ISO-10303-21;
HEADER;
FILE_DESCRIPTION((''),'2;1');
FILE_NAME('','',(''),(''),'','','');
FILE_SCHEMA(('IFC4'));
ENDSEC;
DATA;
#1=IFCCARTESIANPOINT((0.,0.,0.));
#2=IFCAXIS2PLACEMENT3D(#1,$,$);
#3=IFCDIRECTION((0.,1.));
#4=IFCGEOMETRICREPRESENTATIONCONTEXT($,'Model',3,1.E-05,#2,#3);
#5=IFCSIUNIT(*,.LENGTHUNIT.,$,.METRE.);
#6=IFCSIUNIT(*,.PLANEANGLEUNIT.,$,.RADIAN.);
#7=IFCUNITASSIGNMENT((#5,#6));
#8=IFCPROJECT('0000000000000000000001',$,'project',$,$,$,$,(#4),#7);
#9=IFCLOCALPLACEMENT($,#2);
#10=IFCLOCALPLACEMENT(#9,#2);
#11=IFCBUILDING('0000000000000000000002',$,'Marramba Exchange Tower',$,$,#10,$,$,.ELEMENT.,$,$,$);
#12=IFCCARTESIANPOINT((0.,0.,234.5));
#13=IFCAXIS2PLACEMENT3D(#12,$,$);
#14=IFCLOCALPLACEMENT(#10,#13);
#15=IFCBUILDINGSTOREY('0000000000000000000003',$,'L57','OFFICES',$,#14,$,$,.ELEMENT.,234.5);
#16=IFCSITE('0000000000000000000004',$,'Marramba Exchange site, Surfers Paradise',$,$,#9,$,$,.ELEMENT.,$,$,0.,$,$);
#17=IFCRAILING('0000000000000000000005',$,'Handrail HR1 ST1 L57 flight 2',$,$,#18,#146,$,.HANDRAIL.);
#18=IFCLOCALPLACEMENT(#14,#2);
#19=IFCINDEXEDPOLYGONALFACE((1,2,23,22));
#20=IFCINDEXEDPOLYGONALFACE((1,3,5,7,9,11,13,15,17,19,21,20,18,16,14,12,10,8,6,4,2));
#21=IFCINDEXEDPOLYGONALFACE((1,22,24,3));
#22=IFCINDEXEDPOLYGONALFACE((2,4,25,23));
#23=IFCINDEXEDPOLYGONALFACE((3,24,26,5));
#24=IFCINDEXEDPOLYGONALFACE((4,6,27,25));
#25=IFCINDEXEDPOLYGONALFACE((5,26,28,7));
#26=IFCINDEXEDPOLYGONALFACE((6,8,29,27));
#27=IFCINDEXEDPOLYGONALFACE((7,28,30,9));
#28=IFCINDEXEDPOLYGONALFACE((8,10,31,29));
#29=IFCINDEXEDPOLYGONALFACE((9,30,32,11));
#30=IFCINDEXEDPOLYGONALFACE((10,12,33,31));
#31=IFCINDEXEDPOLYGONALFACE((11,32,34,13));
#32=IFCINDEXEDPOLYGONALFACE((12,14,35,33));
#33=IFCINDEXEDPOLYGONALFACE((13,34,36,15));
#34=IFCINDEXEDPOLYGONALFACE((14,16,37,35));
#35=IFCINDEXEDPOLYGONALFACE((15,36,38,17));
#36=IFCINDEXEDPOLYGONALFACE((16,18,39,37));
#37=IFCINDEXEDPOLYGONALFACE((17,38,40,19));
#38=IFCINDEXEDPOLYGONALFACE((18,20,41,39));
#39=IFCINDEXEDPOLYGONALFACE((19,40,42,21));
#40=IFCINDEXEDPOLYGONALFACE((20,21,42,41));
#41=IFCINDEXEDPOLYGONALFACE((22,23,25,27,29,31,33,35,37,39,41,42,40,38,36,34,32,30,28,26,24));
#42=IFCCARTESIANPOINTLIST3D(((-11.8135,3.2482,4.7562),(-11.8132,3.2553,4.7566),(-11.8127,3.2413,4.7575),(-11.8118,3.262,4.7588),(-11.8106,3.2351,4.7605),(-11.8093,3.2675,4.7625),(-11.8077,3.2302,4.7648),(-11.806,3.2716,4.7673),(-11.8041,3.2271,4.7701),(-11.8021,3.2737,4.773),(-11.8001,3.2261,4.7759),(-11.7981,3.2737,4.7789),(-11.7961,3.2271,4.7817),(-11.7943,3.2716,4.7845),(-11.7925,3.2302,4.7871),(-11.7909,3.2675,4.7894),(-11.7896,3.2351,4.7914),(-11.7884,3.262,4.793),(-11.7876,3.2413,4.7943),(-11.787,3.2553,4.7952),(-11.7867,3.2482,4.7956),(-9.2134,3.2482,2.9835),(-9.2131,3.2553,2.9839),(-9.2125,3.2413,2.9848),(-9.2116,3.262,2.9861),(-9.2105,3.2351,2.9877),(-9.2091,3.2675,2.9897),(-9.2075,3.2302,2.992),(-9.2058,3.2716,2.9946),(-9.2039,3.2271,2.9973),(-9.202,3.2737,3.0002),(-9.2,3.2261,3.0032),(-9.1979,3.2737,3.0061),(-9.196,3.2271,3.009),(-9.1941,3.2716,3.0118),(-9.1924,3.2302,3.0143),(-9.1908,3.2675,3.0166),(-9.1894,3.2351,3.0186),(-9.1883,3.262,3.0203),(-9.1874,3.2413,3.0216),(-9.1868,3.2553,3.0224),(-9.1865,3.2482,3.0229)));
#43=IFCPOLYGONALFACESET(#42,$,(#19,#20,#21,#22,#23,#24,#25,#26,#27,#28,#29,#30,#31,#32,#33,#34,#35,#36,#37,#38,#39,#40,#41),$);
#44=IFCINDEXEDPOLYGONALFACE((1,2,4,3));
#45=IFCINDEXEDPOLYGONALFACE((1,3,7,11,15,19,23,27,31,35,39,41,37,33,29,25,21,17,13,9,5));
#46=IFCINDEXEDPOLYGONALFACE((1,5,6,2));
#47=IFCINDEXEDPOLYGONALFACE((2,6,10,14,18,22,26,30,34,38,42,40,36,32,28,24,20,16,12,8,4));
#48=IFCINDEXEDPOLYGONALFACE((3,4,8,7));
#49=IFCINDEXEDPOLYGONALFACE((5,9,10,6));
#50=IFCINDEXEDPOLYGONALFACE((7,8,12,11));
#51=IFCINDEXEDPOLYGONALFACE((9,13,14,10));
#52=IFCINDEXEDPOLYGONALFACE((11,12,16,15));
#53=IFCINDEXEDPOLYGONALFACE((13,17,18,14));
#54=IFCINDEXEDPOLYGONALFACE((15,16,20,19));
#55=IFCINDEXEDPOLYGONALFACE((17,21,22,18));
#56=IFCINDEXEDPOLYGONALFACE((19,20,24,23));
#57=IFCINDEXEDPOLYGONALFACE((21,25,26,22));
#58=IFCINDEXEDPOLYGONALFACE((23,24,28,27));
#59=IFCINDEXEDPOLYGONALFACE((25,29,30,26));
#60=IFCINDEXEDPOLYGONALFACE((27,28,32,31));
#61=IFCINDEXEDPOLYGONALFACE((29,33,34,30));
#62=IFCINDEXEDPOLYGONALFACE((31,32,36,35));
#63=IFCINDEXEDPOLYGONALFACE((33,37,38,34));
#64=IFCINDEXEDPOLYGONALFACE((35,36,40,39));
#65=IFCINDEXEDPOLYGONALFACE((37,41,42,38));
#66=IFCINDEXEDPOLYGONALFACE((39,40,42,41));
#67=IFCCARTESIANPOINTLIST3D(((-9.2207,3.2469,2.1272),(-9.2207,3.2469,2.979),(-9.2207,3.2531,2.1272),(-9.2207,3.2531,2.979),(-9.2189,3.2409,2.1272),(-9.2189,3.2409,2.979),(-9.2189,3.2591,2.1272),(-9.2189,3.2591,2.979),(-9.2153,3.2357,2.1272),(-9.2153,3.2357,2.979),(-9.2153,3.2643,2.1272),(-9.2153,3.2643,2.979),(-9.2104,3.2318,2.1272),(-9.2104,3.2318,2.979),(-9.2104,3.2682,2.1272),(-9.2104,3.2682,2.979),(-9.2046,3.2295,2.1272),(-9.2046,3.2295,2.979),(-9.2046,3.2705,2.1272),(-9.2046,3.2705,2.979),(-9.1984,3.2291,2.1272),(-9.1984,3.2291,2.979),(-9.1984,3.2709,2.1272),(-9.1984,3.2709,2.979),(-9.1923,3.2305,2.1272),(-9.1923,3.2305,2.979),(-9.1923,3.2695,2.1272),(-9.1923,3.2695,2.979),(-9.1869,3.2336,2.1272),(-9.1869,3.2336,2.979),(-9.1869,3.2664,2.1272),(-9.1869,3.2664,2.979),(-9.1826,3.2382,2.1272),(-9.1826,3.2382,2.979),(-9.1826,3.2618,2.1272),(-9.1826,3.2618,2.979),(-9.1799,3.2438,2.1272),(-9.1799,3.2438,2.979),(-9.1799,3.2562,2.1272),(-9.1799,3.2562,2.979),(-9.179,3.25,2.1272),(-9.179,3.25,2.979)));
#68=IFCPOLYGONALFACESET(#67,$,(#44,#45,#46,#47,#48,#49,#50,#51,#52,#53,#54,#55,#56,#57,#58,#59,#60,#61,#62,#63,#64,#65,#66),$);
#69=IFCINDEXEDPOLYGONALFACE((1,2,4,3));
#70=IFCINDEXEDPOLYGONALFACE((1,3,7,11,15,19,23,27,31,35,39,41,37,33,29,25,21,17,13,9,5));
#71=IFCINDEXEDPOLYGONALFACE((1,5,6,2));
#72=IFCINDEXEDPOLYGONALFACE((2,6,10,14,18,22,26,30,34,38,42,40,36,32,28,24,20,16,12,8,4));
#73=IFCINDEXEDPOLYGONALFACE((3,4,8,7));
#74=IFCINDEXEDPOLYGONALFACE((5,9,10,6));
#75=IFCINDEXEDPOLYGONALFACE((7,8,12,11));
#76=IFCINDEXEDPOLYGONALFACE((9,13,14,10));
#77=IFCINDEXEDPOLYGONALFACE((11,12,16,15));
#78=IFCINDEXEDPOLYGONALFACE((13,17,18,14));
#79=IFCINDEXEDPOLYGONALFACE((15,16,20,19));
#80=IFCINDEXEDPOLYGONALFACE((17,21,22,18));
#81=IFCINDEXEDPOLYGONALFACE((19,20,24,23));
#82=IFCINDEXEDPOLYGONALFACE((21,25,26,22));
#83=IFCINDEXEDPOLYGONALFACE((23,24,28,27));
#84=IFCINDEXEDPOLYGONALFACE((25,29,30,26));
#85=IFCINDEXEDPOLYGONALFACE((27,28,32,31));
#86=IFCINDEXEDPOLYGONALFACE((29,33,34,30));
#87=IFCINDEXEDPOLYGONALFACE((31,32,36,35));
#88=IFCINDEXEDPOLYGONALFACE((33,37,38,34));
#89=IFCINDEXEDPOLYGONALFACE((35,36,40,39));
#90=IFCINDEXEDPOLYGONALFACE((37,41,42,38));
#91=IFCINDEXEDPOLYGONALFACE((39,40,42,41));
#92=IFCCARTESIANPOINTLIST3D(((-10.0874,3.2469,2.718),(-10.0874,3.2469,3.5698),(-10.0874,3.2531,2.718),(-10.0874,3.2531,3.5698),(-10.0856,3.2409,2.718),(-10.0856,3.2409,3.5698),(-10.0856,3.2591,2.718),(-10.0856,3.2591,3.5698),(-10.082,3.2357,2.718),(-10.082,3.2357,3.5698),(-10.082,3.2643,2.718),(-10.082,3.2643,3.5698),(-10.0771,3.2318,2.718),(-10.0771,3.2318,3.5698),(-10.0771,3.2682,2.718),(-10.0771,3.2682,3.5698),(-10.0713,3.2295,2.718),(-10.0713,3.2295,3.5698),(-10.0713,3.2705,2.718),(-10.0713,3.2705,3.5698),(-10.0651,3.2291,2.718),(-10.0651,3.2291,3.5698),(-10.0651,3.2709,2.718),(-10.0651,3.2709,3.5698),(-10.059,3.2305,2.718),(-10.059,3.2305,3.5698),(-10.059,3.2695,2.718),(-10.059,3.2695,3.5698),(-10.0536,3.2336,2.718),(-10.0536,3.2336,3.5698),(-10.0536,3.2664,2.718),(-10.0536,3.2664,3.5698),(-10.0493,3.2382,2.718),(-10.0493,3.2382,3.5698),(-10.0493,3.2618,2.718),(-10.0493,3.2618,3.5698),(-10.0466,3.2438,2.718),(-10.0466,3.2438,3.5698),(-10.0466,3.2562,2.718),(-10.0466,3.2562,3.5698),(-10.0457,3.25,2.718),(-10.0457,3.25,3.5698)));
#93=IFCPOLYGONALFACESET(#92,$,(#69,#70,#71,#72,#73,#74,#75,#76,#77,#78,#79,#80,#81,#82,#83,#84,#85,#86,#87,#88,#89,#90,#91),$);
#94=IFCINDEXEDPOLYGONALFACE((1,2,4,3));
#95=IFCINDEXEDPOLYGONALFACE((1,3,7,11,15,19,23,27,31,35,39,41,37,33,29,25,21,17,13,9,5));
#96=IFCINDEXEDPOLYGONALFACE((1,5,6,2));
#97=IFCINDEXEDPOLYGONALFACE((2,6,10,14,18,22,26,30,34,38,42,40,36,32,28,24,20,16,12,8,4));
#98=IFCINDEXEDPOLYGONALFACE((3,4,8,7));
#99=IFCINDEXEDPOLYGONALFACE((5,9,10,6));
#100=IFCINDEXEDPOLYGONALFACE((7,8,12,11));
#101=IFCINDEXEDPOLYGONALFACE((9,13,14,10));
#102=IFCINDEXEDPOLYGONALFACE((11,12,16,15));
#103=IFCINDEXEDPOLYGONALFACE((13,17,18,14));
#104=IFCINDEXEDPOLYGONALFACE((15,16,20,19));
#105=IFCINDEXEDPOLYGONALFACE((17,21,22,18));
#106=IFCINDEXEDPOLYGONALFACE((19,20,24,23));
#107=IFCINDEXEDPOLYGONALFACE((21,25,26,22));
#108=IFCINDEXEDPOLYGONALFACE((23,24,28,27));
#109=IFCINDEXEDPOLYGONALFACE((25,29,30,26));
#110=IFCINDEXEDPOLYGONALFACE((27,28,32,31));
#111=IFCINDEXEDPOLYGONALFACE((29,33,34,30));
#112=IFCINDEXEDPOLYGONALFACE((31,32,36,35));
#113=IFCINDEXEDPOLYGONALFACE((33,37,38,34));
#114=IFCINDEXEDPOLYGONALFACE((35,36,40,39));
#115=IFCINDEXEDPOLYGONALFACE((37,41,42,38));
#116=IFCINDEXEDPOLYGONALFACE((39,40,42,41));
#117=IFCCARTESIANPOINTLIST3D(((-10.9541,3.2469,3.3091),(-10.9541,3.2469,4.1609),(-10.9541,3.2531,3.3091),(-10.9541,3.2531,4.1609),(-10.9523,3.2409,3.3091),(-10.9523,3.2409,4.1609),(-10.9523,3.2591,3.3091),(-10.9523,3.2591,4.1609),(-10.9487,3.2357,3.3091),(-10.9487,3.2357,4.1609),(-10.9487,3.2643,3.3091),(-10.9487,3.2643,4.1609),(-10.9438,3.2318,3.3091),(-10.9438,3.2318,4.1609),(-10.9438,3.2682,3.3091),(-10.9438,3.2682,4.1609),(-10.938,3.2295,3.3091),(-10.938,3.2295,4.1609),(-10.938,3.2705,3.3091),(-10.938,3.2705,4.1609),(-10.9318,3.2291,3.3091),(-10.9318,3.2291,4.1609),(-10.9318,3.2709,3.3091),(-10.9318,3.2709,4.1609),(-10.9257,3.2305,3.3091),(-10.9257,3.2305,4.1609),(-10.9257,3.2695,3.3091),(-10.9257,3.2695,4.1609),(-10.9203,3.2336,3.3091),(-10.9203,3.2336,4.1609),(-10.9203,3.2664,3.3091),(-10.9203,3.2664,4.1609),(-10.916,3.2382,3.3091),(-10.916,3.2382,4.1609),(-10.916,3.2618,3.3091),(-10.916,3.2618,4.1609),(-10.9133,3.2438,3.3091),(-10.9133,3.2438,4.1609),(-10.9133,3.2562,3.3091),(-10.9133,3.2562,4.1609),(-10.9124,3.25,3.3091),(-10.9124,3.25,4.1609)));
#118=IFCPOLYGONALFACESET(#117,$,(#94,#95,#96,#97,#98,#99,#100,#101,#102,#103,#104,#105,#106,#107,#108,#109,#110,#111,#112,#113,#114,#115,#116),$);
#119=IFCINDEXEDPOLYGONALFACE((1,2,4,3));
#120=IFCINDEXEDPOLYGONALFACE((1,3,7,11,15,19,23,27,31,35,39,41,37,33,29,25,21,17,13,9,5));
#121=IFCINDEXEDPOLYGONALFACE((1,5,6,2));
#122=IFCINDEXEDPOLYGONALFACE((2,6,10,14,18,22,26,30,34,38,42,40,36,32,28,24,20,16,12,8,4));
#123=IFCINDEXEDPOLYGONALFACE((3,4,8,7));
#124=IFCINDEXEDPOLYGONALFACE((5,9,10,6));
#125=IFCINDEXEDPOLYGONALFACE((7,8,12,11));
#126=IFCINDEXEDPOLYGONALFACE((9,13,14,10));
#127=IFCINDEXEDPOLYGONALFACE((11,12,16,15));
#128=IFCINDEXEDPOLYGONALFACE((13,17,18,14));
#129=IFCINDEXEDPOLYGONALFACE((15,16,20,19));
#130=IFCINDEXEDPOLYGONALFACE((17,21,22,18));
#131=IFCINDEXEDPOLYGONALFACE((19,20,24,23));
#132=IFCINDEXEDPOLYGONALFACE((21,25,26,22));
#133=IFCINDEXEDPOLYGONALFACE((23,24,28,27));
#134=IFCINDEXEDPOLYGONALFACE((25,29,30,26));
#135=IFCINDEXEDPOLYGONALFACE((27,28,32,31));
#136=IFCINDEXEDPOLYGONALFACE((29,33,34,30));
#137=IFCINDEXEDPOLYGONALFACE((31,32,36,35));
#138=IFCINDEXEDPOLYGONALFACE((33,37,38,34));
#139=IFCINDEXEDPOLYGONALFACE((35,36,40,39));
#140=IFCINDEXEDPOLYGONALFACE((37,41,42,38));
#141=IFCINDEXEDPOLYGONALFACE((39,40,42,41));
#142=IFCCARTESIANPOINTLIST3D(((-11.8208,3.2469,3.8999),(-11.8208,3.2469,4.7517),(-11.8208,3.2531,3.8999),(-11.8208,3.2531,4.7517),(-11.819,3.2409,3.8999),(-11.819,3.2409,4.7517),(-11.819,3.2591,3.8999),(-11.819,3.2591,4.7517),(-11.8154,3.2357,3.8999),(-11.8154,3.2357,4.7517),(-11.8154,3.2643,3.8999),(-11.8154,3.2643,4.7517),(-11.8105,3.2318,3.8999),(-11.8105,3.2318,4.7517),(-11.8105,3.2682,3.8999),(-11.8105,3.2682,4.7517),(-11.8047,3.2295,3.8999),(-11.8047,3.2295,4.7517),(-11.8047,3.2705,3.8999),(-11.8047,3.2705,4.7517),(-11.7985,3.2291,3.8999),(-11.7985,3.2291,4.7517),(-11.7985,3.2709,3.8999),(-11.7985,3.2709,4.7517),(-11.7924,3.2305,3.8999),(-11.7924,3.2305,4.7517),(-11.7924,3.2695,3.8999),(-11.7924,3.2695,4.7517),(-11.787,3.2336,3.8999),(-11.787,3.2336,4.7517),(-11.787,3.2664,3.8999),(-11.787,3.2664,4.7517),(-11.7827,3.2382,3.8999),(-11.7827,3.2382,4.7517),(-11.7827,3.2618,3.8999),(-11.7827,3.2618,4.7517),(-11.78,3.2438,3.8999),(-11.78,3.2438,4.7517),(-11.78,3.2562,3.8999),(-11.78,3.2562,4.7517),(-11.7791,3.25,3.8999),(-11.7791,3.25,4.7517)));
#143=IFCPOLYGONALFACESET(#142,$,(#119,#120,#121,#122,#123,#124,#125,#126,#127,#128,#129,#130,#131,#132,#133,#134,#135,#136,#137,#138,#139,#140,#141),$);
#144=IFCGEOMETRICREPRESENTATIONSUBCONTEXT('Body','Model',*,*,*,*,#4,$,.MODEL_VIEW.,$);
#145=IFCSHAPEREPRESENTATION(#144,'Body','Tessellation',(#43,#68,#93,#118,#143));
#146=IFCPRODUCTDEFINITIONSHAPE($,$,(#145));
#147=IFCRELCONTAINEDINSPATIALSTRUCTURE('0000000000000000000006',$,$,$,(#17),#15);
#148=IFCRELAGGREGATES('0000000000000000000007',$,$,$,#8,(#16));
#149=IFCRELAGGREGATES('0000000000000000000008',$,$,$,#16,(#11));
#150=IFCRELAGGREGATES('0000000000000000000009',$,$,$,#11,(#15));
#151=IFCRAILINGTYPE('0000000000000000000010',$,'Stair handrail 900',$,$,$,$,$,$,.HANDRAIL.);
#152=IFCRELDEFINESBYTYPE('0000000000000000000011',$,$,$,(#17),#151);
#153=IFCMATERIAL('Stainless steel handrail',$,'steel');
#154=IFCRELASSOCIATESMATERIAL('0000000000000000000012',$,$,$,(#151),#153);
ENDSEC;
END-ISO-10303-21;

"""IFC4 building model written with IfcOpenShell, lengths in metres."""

from ifc_helpers import new_model, si_unit, direction, frame, origin, origin_2d, place, context, subcontext, project, spatial, circle, extrude, material, type_object, element, save


model = new_model("IFC4")

# Units and contexts
model_context = context("Model", 3, precision=1e-05, world=origin(), true_north=direction((0.0, 1.0)))
body_context = subcontext(model_context, "Body", "Model", "MODEL_VIEW")
ifc_project = project(units=[si_unit("LENGTHUNIT", "METRE"), si_unit("PLANEANGLEUNIT", "RADIAN")], contexts=[model_context])

# Site, building, storey
site_placement = place(None, origin())
site = spatial("IfcSite", under=ifc_project, at=site_placement, Name="Marramba Exchange site, Surfers Paradise", CompositionType="ELEMENT", RefElevation=0.0)
building_placement = place(site_placement, origin())
building = spatial("IfcBuilding", under=site, at=building_placement, Name="Marramba Exchange Tower", CompositionType="ELEMENT")
storey_placement = place(building_placement, frame((0.0, 0.0, 234.5)))
storey = spatial("IfcBuildingStorey", under=building, at=storey_placement, Name="L57", Description="OFFICES", CompositionType="ELEMENT", Elevation=234.5)

# Railing
ifc_material_1 = material(Name="Stainless steel handrail", Category="steel")
railing_type = type_object("IfcRailingType", Name="Stair handrail 900", PredefinedType="HANDRAIL", material=ifc_material_1)
railing_1_placement = place(storey_placement, frame((-9.2, 3.25, 2.1272)))
element("IfcRailing", 1, at=railing_1_placement, inside=storey, type_object=railing_type, Name="Handrail HR1 ST1 L57 flight 2", PredefinedType="HANDRAIL", context=body_context, shape_type="SweptSolid", body=[
    extrude(circle(Radius=0.0239, at=origin_2d()), frame((0.0, 0.0, 0.876), z_axis=(-0.82624, 0.0, 0.563318), x_axis=(0.0, -1.0, 0.0)), (0.0, 0.0, 1.0), 3.147),
    extrude(circle(Radius=0.021, at=origin_2d()), origin(), (0.0, 0.0, 1.0), 0.8518),
    extrude(circle(Radius=0.021, at=origin_2d()), frame((-0.8667, 0.0, 0.5908)), (0.0, 0.0, 1.0), 0.8518),
    extrude(circle(Radius=0.021, at=origin_2d()), frame((-1.7334, 0.0, 1.1819)), (0.0, 0.0, 1.0), 0.8518),
    extrude(circle(Radius=0.021, at=origin_2d()), frame((-2.6001, 0.0, 1.7727)), (0.0, 0.0, 1.0), 0.8518),
])

save(model, "model.ifc")
